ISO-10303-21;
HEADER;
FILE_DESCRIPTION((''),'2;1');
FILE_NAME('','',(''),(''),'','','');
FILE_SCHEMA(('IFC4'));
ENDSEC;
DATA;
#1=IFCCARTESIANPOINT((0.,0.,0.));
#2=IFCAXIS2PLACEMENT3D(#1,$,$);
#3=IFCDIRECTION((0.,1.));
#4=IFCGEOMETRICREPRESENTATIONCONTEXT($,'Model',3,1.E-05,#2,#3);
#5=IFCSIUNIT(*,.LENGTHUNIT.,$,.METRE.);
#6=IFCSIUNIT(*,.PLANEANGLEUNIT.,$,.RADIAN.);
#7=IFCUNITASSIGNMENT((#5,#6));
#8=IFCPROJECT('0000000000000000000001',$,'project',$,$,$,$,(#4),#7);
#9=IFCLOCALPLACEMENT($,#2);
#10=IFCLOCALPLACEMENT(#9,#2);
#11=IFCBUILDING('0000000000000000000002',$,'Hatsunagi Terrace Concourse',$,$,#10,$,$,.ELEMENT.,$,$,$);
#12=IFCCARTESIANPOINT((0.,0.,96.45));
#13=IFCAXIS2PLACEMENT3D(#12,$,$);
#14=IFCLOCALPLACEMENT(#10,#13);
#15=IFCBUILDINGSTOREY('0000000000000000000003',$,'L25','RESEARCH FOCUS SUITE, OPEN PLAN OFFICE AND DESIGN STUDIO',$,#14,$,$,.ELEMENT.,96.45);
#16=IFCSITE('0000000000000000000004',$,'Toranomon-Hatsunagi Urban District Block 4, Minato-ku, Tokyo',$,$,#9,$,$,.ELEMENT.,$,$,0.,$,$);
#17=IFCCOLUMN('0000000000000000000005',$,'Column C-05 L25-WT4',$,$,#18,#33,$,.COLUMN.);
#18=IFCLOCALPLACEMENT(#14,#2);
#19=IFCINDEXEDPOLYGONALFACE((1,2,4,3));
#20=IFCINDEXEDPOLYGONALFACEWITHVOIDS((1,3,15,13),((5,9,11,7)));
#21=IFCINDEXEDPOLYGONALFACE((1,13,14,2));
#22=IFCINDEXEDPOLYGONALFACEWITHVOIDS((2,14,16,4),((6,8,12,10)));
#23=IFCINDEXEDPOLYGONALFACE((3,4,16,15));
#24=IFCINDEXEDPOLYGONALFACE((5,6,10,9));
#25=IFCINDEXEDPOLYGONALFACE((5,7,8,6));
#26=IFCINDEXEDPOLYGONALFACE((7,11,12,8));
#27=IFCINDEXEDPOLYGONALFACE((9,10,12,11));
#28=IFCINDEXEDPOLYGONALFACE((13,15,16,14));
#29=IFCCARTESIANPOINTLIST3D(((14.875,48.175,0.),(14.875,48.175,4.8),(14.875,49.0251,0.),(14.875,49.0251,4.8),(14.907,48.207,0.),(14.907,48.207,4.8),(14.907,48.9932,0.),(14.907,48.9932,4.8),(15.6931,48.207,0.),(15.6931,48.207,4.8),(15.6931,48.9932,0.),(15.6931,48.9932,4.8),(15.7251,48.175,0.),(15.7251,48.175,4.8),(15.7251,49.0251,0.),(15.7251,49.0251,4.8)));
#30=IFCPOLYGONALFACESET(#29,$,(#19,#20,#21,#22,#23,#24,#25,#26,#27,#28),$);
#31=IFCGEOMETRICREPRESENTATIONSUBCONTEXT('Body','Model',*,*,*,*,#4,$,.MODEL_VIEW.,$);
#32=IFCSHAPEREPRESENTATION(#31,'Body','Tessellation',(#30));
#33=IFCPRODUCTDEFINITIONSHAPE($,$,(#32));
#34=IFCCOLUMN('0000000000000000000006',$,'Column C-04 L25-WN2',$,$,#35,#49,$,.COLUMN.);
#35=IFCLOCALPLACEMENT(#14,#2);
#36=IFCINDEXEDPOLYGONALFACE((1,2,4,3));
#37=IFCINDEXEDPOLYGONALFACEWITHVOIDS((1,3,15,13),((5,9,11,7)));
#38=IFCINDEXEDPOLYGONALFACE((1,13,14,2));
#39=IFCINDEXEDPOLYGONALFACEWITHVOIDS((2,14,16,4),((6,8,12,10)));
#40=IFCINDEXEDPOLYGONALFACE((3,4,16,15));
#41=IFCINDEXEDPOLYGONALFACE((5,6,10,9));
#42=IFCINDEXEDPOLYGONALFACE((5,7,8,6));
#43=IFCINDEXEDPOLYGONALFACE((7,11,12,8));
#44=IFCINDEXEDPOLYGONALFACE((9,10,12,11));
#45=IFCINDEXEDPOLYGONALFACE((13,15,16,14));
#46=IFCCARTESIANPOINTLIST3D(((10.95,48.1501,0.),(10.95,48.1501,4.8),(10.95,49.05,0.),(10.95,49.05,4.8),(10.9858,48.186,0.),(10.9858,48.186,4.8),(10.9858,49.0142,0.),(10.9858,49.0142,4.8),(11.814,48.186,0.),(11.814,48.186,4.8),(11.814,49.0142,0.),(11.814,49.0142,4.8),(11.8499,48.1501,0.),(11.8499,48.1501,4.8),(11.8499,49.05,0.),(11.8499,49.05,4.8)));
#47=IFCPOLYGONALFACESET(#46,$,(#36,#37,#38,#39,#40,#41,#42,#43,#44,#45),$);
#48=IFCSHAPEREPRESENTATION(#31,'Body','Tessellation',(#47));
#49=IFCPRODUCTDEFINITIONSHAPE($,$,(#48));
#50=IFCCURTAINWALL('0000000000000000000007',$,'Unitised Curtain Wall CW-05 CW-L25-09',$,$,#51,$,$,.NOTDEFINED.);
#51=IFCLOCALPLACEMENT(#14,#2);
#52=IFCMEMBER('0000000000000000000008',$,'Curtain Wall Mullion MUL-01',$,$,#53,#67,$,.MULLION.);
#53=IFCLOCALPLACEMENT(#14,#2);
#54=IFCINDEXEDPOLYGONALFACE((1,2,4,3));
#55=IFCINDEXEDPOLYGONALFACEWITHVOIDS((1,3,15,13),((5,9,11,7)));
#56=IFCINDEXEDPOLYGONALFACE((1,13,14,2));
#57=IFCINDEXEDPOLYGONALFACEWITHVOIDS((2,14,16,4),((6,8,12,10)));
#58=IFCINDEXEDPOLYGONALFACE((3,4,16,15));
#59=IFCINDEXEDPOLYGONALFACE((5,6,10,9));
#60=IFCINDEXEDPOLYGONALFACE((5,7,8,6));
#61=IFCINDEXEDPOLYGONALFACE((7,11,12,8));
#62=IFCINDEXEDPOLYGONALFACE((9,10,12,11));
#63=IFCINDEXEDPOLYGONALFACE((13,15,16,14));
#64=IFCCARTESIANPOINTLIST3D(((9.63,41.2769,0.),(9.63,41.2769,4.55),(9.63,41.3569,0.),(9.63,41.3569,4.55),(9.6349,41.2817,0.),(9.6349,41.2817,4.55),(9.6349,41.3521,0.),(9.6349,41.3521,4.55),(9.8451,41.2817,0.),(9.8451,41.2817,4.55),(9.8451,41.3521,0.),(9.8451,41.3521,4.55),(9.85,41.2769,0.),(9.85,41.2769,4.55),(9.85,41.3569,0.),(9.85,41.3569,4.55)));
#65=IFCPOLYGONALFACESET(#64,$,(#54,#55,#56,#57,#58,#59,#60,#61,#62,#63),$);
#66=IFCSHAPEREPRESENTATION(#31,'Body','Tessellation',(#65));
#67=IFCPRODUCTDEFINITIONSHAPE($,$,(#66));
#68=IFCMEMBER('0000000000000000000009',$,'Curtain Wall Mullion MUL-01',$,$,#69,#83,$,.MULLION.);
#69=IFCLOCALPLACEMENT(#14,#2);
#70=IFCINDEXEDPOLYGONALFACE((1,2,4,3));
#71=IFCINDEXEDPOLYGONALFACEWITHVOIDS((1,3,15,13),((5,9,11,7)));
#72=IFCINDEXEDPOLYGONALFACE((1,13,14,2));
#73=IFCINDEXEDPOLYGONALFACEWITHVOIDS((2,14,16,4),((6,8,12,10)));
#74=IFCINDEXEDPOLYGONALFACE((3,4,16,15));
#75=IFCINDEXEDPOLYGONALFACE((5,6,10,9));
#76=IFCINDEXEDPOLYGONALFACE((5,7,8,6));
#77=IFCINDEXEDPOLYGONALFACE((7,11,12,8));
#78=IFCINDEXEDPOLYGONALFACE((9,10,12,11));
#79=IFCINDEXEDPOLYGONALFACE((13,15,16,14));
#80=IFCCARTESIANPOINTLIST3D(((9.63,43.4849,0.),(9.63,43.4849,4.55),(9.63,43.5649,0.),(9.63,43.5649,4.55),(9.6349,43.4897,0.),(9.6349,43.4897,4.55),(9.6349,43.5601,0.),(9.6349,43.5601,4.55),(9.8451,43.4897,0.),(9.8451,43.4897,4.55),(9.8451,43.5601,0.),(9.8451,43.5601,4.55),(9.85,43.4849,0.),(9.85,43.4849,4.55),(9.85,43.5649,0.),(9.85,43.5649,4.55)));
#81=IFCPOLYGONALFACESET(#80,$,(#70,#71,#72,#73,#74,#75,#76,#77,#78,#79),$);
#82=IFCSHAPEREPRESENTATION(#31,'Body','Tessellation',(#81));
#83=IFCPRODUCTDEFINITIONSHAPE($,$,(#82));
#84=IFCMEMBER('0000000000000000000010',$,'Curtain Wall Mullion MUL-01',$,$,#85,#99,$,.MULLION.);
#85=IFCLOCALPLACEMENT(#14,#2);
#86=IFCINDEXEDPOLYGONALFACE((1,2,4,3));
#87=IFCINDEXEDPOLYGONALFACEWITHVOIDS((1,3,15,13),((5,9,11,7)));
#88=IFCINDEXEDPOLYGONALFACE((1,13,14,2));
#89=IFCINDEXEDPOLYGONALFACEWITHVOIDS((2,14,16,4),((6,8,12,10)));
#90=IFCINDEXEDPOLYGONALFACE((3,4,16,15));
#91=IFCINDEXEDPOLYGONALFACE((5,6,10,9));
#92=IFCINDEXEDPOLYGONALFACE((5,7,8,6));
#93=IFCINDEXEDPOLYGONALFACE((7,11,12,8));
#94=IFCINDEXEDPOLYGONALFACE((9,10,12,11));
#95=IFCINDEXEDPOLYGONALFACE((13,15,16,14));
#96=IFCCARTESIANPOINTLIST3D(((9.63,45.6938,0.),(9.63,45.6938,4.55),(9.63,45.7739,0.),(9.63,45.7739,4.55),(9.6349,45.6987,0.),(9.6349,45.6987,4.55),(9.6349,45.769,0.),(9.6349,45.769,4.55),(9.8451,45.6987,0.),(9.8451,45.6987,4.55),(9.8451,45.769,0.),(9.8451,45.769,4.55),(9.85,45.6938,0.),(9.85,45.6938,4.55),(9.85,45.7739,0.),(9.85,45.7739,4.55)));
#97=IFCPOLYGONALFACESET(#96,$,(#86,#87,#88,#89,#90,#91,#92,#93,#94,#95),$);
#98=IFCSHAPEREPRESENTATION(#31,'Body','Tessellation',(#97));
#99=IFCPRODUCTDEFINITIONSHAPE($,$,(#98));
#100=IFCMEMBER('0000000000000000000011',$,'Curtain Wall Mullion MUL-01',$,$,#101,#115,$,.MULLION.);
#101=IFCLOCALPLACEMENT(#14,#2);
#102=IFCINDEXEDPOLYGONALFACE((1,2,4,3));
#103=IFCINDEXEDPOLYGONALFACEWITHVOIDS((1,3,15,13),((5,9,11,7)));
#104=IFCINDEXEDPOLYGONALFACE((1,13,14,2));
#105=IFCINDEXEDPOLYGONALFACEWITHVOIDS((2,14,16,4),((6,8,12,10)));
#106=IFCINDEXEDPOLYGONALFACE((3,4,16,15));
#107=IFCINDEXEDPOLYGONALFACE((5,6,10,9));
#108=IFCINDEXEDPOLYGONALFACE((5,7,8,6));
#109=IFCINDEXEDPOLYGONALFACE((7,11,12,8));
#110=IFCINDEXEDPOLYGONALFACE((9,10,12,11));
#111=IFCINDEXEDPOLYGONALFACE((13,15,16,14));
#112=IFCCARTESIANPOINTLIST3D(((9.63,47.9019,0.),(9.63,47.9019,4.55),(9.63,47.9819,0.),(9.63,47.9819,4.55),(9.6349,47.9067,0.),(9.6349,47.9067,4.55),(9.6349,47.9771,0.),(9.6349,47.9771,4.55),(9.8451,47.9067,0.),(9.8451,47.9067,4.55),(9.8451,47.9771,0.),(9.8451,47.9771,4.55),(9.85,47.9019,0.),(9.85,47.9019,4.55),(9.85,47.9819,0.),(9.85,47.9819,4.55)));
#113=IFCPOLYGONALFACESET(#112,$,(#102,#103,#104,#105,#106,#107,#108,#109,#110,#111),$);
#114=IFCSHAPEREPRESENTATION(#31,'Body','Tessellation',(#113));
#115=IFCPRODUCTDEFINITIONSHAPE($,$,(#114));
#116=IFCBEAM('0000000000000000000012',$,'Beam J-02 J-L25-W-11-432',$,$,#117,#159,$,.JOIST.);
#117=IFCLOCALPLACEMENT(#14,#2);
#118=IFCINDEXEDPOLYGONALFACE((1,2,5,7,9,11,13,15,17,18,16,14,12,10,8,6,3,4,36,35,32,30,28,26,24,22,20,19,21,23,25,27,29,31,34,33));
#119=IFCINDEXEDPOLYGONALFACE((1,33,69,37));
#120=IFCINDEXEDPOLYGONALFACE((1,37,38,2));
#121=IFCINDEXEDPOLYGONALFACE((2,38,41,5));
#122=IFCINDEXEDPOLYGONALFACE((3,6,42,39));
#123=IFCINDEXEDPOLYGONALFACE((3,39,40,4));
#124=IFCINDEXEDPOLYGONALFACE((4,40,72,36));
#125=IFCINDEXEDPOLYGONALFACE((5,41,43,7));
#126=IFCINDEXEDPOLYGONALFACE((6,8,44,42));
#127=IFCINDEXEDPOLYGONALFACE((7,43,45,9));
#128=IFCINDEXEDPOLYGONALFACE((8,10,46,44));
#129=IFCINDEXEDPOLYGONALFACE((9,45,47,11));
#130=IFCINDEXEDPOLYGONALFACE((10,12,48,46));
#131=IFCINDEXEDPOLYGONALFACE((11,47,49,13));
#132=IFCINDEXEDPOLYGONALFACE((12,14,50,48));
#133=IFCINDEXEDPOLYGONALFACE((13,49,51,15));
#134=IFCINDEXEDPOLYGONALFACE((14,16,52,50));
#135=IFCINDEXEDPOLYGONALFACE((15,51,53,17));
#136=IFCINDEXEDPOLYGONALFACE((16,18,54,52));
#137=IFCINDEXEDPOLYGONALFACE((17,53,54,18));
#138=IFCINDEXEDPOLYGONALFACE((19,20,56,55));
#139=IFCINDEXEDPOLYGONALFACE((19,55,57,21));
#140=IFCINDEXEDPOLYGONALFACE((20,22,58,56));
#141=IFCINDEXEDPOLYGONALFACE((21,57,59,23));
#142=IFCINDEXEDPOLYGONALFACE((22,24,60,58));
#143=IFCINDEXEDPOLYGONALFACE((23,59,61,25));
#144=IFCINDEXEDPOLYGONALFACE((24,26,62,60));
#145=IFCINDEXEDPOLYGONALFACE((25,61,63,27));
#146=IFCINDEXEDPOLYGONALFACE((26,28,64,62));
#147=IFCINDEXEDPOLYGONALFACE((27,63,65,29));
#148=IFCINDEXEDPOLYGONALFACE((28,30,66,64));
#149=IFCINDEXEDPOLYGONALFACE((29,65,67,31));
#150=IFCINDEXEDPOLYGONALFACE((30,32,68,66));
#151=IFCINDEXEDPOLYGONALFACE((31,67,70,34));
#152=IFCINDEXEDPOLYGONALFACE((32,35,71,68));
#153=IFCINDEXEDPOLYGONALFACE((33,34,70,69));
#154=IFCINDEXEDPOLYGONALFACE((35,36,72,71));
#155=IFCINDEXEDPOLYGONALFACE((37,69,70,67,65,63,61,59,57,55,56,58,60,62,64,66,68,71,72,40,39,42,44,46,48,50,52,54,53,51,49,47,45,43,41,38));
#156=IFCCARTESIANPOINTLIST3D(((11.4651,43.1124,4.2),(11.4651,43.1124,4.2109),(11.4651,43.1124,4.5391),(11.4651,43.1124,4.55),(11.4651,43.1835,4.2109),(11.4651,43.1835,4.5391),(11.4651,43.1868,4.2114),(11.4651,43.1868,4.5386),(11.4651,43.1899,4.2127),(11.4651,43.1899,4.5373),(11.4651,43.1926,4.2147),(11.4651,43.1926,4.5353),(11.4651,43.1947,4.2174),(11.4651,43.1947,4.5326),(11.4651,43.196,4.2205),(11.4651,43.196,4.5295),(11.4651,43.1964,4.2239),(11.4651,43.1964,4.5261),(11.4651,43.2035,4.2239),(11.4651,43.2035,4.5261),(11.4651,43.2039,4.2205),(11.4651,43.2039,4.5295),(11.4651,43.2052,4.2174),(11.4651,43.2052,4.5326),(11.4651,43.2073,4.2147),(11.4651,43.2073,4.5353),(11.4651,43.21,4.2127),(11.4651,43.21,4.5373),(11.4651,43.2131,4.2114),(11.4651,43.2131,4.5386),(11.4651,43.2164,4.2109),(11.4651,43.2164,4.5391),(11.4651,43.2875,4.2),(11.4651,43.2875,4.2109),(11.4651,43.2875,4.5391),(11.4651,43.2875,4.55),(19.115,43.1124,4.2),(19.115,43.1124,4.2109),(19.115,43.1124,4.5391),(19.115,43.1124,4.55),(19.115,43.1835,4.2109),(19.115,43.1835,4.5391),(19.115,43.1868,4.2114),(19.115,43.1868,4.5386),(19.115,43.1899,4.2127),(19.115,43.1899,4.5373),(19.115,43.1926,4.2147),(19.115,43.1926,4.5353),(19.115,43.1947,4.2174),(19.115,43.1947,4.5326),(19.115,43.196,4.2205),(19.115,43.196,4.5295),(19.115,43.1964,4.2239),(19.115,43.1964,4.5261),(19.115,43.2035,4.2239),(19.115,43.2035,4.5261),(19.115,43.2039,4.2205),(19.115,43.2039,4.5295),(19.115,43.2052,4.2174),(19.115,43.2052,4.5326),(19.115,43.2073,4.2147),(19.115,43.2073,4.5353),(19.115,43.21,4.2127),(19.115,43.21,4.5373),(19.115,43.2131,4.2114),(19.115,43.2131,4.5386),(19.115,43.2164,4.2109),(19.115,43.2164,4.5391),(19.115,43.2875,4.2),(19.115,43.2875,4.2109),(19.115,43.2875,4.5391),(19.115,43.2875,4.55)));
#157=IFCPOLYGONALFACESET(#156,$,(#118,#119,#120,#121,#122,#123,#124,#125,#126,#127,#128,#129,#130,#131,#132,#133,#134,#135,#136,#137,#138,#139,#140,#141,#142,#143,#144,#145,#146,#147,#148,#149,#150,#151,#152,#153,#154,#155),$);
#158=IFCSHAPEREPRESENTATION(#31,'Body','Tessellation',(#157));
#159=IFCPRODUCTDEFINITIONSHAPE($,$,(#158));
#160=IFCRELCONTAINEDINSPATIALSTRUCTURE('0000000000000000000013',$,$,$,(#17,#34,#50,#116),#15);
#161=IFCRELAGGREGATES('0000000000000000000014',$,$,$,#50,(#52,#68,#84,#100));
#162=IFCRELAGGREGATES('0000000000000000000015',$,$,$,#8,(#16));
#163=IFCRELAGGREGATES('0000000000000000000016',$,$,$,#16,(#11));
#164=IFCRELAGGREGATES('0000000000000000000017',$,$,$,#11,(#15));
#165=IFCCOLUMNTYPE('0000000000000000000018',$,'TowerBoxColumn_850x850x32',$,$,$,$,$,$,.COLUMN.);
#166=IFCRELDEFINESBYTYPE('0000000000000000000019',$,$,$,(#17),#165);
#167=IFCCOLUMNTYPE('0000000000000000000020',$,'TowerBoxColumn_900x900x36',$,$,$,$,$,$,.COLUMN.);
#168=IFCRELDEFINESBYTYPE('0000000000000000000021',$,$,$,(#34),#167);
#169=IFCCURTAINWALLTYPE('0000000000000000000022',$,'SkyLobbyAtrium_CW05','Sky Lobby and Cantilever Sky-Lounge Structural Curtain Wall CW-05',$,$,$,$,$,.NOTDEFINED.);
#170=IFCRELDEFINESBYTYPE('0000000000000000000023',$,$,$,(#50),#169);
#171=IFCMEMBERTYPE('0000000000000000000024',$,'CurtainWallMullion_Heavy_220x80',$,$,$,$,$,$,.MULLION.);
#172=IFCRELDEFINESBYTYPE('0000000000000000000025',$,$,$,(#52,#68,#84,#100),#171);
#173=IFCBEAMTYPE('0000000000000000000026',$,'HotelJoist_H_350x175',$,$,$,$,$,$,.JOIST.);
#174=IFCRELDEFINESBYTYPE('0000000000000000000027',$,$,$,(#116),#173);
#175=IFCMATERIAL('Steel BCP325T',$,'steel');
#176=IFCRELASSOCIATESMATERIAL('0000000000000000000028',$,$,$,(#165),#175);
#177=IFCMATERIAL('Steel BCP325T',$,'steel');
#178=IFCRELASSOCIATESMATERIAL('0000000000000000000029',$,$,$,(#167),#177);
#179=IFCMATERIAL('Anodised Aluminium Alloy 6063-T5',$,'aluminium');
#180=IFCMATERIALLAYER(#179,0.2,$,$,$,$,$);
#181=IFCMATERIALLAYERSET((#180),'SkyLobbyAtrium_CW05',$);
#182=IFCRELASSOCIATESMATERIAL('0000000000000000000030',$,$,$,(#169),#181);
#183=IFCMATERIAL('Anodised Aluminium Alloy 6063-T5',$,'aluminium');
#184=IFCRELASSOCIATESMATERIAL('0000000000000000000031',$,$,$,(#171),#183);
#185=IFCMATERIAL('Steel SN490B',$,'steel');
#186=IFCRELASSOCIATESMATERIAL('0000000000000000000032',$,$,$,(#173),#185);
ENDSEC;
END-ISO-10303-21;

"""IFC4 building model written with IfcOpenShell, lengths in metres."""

from ifc_helpers import new_model, si_unit, direction, frame, origin, origin_2d, place, context, subcontext, project, spatial, hollow_rectangle, i_section, extrude, material, layer, layer_set, material_profile, profile_set, type_object, element, aggregate, save


model = new_model("IFC4")

# Units and contexts
model_context = context("Model", 3, precision=1e-05, world=origin(), true_north=direction((0.0, 1.0)))
body_context = subcontext(model_context, "Body", "Model", "MODEL_VIEW")
ifc_project = project(units=[si_unit("LENGTHUNIT", "METRE"), si_unit("PLANEANGLEUNIT", "RADIAN")], contexts=[model_context])

# Site, building, storey
site_placement = place(None, origin())
site = spatial("IfcSite", under=ifc_project, at=site_placement, Name="Toranomon-Hatsunagi Urban District Block 4, Minato-ku, Tokyo", CompositionType="ELEMENT", RefElevation=0.0)
building_placement = place(site_placement, origin())
building = spatial("IfcBuilding", under=site, at=building_placement, Name="Hatsunagi Terrace Concourse", CompositionType="ELEMENT")
storey_placement = place(building_placement, frame((0.0, 0.0, 96.45)))
storey = spatial("IfcBuildingStorey", under=building, at=storey_placement, Name="L25", Description="RESEARCH FOCUS SUITE, OPEN PLAN OFFICE AND DESIGN STUDIO", CompositionType="ELEMENT", Elevation=96.45)

# Columns
ifc_material_1 = material(Name="Steel BCP325T", Category="steel")
ifc_material_profile_1 = material_profile(ifc_material_1, hollow_rectangle(XDim=0.8501, YDim=0.8501, WallThickness=0.032, at=origin_2d()), Name="BCP-850x850x32")
ifc_profile_set_1 = profile_set([ifc_material_profile_1], Name="Steel BCP325T")
column_type_1 = type_object("IfcColumnType", Name="TowerBoxColumn_850x850x32", PredefinedType="COLUMN", material=ifc_profile_set_1)
column_1_placement = place(storey_placement, frame((15.3, 48.6001, 0.0), z_axis=(0.0, 0.0, 1.0), x_axis=(1.0, 0.0, 0.0)))
element("IfcColumn", 1, at=column_1_placement, inside=storey, type_object=column_type_1, Name="Column C-05 L25-WT4", PredefinedType="COLUMN", context=body_context, shape_type="SweptSolid", body=[
    extrude(hollow_rectangle(XDim=0.8501, YDim=0.8501, WallThickness=0.032, at=origin_2d()), origin(), (0.0, 0.0, 1.0), 4.8),
])
ifc_material_2 = material(Name="Steel BCP325T", Category="steel")
ifc_material_profile_2 = material_profile(ifc_material_2, hollow_rectangle(XDim=0.8999, YDim=0.8999, WallThickness=0.0359, at=origin_2d()), Name="BCP-900x900x36")
ifc_profile_set_2 = profile_set([ifc_material_profile_2], Name="Steel BCP325T")
column_type_2 = type_object("IfcColumnType", Name="TowerBoxColumn_900x900x36", PredefinedType="COLUMN", material=ifc_profile_set_2)
column_2_placement = place(storey_placement, frame((11.3999, 48.6001, 0.0), z_axis=(0.0, 0.0, 1.0), x_axis=(1.0, 0.0, 0.0)))
element("IfcColumn", 2, at=column_2_placement, inside=storey, type_object=column_type_2, Name="Column C-04 L25-WN2", PredefinedType="COLUMN", context=body_context, shape_type="SweptSolid", body=[
    extrude(hollow_rectangle(XDim=0.8999, YDim=0.8999, WallThickness=0.0359, at=origin_2d()), origin(), (0.0, 0.0, 1.0), 4.8),
])

# Curtain wall, members
ifc_material_3 = material(Name="Anodised Aluminium Alloy 6063-T5", Category="aluminium")
ifc_layer_1 = layer(ifc_material_3, 0.2)
ifc_layer_set_1 = layer_set([ifc_layer_1], Name="SkyLobbyAtrium_CW05")
curtain_wall_type = type_object("IfcCurtainWallType", Name="SkyLobbyAtrium_CW05", Description="Sky Lobby and Cantilever Sky-Lounge Structural Curtain Wall CW-05", PredefinedType="NOTDEFINED", material=ifc_layer_set_1)
curtain_wall_placement = place(storey_placement, origin())
curtain_wall = element("IfcCurtainWall", 3, at=curtain_wall_placement, inside=storey, type_object=curtain_wall_type, Name="Unitised Curtain Wall CW-05 CW-L25-09", PredefinedType="NOTDEFINED")
ifc_material_4 = material(Name="Anodised Aluminium Alloy 6063-T5", Category="aluminium")
ifc_material_profile_3 = material_profile(ifc_material_4, hollow_rectangle(XDim=0.0801, YDim=0.22, WallThickness=0.0049, at=origin_2d()), Name="ALU-MUL-220x80x5")
ifc_profile_set_3 = profile_set([ifc_material_profile_3], Name="Anodised Aluminium Alloy 6063-T5")
member_type = type_object("IfcMemberType", Name="CurtainWallMullion_Heavy_220x80", PredefinedType="MULLION", material=ifc_profile_set_3)
member_1_placement = place(storey_placement, frame((9.74, 41.3169, 0.0), z_axis=(0.0, 0.0, 1.0), x_axis=(0.0, 1.0, 0.0)))
member_1 = element("IfcMember", 4, at=member_1_placement, type_object=member_type, Name="Curtain Wall Mullion MUL-01", PredefinedType="MULLION", context=body_context, shape_type="SweptSolid", body=[
    extrude(hollow_rectangle(XDim=0.0801, YDim=0.22, WallThickness=0.0049, at=origin_2d()), origin(), (0.0, 0.0, 1.0), 4.55),
])
member_2_placement = place(storey_placement, frame((9.74, 43.5249, 0.0), z_axis=(0.0, 0.0, 1.0), x_axis=(0.0, 1.0, 0.0)))
member_2 = element("IfcMember", 5, at=member_2_placement, type_object=member_type, Name="Curtain Wall Mullion MUL-01", PredefinedType="MULLION", context=body_context, shape_type="SweptSolid", body=[
    extrude(hollow_rectangle(XDim=0.0801, YDim=0.22, WallThickness=0.0049, at=origin_2d()), origin(), (0.0, 0.0, 1.0), 4.55),
])
member_3_placement = place(storey_placement, frame((9.74, 45.7339, 0.0), z_axis=(0.0, 0.0, 1.0), x_axis=(0.0, 1.0, 0.0)))
member_3 = element("IfcMember", 6, at=member_3_placement, type_object=member_type, Name="Curtain Wall Mullion MUL-01", PredefinedType="MULLION", context=body_context, shape_type="SweptSolid", body=[
    extrude(hollow_rectangle(XDim=0.0801, YDim=0.22, WallThickness=0.0049, at=origin_2d()), origin(), (0.0, 0.0, 1.0), 4.55),
])
member_4_placement = place(storey_placement, frame((9.74, 47.9419, 0.0), z_axis=(0.0, 0.0, 1.0), x_axis=(0.0, 1.0, 0.0)))
member_4 = element("IfcMember", 7, at=member_4_placement, type_object=member_type, Name="Curtain Wall Mullion MUL-01", PredefinedType="MULLION", context=body_context, shape_type="SweptSolid", body=[
    extrude(hollow_rectangle(XDim=0.0801, YDim=0.22, WallThickness=0.0049, at=origin_2d()), origin(), (0.0, 0.0, 1.0), 4.55),
])

# Beam
ifc_material_5 = material(Name="Steel SN490B", Category="steel")
ifc_material_profile_4 = material_profile(ifc_material_5, i_section(OverallWidth=0.175, OverallDepth=0.3501, WebThickness=0.0071, FlangeThickness=0.011, FilletRadius=0.0129, at=origin_2d()), Name="H-350x175x7x11")
ifc_profile_set_4 = profile_set([ifc_material_profile_4], Name="Steel SN490B")
beam_type_1 = type_object("IfcBeamType", Name="HotelJoist_H_350x175", PredefinedType="JOIST", material=ifc_profile_set_4)
for number, where, z_axis, x_axis, name in (
    (8, (11.4651, 43.2, 4.375), (1.0, 0.0, 0.0), (0.0, 1.0, 0.0), "Beam J-02 J-L25-W-11-432"),
):
    element("IfcBeam", number, at=place(storey_placement, frame(where, z_axis=z_axis, x_axis=x_axis)), inside=storey, type_object=beam_type_1, Name=name, PredefinedType="JOIST", context=body_context, shape_type="SweptSolid", body=[
        extrude(i_section(OverallWidth=0.175, OverallDepth=0.3501, WebThickness=0.0071, FlangeThickness=0.011, FilletRadius=0.0129, at=origin_2d()), origin(), (0.0, 0.0, 1.0), 7.6499),
    ])

aggregate(curtain_wall, [member_1, member_2, member_3, member_4])

save(model, "model.ifc")
